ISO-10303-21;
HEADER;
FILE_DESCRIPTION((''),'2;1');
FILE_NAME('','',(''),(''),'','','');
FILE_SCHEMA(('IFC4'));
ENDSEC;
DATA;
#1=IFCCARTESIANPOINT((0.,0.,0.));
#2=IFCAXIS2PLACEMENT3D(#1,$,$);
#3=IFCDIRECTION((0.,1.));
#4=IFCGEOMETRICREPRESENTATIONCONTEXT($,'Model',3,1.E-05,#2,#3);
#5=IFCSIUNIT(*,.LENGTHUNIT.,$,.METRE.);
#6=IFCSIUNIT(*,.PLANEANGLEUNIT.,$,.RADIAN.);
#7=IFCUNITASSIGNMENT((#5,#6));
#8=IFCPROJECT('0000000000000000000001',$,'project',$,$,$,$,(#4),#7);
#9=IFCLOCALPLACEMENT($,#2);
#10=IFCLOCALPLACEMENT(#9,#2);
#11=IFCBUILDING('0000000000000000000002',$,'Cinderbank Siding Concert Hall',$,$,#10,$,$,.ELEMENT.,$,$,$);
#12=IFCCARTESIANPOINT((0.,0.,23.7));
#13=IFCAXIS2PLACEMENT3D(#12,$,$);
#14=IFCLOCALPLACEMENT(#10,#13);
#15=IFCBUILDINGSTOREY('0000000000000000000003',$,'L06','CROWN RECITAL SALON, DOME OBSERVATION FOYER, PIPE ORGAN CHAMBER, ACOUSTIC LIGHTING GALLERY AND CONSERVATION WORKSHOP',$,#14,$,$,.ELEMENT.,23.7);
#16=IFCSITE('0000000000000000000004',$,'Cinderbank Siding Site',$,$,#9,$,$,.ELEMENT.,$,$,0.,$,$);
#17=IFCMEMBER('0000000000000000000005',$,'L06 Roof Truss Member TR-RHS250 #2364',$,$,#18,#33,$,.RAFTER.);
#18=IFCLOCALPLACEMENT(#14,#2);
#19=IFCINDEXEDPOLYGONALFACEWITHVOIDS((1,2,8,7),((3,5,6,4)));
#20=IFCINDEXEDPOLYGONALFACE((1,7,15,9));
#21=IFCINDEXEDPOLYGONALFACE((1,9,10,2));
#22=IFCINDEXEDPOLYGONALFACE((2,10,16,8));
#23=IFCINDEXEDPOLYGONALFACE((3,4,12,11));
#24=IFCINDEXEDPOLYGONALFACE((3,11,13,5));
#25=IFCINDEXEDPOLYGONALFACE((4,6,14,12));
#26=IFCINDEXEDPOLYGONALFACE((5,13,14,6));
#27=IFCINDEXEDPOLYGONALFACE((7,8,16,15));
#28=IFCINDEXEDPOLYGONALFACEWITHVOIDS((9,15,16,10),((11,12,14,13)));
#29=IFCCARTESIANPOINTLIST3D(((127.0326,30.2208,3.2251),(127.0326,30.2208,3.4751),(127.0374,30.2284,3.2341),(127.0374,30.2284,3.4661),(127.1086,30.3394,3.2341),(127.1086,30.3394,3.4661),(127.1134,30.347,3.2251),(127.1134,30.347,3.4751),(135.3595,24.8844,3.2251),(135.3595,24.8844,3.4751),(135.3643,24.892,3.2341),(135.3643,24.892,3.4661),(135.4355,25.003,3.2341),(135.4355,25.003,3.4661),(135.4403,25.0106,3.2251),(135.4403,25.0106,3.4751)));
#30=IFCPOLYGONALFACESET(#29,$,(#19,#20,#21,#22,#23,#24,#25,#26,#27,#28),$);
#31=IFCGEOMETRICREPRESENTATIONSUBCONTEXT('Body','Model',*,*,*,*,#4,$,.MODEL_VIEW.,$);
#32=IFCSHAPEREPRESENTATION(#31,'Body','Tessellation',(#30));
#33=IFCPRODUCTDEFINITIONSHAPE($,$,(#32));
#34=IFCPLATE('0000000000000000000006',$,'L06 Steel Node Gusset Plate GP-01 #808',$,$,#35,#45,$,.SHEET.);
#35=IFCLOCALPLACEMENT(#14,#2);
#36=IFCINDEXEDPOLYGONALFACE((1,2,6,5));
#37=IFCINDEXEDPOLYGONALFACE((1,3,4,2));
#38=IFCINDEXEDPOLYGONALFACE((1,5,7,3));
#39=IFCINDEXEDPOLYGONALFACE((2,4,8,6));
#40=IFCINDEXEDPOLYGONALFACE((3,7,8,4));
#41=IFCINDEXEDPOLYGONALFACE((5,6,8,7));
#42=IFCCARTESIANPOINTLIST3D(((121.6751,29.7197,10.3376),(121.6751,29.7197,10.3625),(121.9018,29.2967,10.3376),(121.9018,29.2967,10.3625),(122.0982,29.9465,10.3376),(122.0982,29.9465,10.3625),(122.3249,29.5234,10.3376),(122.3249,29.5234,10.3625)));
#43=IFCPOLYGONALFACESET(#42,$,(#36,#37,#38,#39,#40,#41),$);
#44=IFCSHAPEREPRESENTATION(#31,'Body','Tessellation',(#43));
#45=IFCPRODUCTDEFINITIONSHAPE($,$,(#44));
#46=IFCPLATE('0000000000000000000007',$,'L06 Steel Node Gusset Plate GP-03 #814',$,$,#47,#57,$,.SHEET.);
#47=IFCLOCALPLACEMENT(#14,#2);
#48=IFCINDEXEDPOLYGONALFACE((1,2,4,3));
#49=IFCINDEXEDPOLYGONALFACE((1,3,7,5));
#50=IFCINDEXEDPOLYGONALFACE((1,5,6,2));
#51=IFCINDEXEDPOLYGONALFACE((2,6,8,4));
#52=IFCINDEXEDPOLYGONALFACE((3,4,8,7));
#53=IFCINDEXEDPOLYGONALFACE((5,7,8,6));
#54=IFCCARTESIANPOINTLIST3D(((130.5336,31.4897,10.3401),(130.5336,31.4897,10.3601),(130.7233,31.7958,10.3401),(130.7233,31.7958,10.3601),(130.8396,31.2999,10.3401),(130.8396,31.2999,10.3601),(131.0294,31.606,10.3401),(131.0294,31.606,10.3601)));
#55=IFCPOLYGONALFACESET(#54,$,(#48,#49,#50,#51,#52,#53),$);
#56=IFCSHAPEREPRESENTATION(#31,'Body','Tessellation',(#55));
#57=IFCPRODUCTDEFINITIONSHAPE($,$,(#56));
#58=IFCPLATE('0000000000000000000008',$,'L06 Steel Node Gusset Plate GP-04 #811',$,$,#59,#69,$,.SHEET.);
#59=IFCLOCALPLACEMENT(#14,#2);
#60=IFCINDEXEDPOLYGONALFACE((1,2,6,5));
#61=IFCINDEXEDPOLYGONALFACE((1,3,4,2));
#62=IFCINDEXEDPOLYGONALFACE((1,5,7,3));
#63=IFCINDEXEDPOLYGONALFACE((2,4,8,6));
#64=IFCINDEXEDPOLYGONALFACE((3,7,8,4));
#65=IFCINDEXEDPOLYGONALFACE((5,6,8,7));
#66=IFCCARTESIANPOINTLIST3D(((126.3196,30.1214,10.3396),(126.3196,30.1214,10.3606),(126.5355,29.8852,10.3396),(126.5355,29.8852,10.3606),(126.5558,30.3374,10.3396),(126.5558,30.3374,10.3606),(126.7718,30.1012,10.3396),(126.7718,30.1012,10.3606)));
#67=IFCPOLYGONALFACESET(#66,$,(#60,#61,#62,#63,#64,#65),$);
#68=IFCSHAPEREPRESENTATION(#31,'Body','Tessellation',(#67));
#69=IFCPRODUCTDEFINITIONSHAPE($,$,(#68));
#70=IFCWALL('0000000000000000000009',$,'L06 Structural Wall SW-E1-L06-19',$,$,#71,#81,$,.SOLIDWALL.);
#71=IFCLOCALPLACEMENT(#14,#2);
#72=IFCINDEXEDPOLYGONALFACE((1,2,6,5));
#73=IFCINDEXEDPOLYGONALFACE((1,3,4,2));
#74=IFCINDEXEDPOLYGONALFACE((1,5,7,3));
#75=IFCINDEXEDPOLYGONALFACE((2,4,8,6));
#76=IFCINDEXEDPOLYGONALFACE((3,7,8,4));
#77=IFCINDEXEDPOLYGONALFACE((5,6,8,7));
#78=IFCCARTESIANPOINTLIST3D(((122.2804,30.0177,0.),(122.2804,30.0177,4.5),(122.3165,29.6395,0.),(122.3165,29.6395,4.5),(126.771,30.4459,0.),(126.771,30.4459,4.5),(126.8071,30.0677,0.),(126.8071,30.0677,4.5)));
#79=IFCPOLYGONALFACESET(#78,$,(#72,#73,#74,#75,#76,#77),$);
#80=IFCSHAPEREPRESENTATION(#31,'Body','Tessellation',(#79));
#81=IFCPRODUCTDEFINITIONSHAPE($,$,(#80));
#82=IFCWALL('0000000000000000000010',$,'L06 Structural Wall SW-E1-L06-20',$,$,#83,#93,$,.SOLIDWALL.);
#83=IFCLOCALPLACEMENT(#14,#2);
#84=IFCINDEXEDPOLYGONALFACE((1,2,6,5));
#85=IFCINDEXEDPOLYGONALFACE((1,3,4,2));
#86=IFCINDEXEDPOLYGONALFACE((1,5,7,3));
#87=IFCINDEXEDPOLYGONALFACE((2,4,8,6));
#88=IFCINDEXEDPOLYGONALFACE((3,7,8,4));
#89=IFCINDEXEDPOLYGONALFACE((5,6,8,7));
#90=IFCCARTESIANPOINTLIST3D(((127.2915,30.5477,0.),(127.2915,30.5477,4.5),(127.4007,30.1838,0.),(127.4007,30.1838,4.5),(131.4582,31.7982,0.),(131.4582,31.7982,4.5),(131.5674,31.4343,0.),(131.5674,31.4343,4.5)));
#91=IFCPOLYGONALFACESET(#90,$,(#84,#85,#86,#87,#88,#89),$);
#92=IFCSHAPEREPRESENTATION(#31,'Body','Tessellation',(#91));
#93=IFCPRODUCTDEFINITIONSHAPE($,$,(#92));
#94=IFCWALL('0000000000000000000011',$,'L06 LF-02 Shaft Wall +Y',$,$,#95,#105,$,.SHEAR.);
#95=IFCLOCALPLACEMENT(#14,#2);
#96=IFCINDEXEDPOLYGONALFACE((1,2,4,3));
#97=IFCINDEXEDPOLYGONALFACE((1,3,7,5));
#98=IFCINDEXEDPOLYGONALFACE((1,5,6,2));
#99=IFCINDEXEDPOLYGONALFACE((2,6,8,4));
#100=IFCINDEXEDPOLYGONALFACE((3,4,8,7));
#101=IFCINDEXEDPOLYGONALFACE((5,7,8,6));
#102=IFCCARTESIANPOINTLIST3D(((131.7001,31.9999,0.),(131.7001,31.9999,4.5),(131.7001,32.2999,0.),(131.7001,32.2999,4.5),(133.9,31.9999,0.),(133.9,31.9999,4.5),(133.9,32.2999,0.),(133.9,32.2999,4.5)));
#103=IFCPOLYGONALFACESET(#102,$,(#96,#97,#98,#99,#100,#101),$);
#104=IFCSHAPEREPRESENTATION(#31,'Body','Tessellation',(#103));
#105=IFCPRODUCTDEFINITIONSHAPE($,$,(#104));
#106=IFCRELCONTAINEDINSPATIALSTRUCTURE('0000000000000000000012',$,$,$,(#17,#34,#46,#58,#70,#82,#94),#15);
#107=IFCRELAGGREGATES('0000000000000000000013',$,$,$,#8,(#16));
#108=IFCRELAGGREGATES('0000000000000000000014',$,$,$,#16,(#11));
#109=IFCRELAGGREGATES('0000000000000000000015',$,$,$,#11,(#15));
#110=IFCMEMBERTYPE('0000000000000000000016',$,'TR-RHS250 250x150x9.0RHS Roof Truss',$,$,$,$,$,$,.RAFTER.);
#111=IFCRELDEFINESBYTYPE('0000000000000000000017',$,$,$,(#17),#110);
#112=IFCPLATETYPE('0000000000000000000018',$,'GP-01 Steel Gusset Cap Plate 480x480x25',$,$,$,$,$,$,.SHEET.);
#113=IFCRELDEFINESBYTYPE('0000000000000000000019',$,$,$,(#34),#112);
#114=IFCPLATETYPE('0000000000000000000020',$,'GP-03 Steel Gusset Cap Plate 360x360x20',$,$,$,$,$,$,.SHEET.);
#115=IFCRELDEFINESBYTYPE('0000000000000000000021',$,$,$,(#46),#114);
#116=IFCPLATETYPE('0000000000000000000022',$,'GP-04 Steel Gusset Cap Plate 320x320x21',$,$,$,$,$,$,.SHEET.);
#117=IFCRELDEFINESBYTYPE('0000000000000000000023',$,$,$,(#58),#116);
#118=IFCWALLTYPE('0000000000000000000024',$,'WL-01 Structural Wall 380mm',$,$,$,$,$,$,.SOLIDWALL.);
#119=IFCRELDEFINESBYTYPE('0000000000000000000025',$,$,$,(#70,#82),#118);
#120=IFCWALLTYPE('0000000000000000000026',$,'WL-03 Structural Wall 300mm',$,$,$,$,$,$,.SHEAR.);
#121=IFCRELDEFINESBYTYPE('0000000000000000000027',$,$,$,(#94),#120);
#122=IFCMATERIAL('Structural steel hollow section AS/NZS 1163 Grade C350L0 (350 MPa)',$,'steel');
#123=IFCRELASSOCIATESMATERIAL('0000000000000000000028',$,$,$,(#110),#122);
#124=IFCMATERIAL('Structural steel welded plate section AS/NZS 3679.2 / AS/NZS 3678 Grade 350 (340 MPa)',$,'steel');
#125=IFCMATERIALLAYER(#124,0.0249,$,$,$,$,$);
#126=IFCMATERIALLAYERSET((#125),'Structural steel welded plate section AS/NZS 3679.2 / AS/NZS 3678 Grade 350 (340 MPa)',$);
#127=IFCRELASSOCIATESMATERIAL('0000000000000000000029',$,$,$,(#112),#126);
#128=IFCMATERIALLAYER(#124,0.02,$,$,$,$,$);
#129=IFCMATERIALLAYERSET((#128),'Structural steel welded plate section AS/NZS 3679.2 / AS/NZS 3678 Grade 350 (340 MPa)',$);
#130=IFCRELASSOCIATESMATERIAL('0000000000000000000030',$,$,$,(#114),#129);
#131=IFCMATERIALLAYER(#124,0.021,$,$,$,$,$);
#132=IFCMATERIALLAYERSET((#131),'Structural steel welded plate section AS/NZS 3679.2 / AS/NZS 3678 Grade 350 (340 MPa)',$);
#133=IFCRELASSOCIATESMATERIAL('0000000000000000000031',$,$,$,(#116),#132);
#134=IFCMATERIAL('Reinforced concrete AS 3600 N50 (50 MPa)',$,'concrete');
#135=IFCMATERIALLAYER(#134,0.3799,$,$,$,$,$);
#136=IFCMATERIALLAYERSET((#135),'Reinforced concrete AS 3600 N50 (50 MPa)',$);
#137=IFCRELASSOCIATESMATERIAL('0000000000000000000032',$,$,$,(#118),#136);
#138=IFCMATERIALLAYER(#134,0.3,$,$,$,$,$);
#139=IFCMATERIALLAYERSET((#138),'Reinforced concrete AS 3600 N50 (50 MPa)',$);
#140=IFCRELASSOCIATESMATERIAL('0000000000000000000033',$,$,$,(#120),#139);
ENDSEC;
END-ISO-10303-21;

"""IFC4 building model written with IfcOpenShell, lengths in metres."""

from ifc_helpers import new_model, si_unit, direction, frame, frame_2d, origin, origin_2d, place, context, subcontext, project, spatial, rectangle, hollow_rectangle, extrude, material, layer, layer_set, material_profile, profile_set, type_object, element, save


model = new_model("IFC4")

# Units and contexts
model_context = context("Model", 3, precision=1e-05, world=origin(), true_north=direction((0.0, 1.0)))
body_context = subcontext(model_context, "Body", "Model", "MODEL_VIEW")
ifc_project = project(units=[si_unit("LENGTHUNIT", "METRE"), si_unit("PLANEANGLEUNIT", "RADIAN")], contexts=[model_context])

# Site, building, storey
site_placement = place(None, origin())
site = spatial("IfcSite", under=ifc_project, at=site_placement, Name="Cinderbank Siding Site", CompositionType="ELEMENT", RefElevation=0.0)
building_placement = place(site_placement, origin())
building = spatial("IfcBuilding", under=site, at=building_placement, Name="Cinderbank Siding Concert Hall", CompositionType="ELEMENT")
storey_placement = place(building_placement, frame((0.0, 0.0, 23.7)))
storey = spatial("IfcBuildingStorey", under=building, at=storey_placement, Name="L06", Description="CROWN RECITAL SALON, DOME OBSERVATION FOYER, PIPE ORGAN CHAMBER, ACOUSTIC LIGHTING GALLERY AND CONSERVATION WORKSHOP", CompositionType="ELEMENT", Elevation=23.7)

# Shared definitions
ifc_material_1 = material(Name="Reinforced concrete AS 3600 N50 (50 MPa)", Category="concrete")

# Member
ifc_material_2 = material(Name="Structural steel hollow section AS/NZS 1163 Grade C350L0 (350 MPa)", Category="steel")
ifc_material_profile_1 = material_profile(ifc_material_2, hollow_rectangle(XDim=0.1499, YDim=0.25, WallThickness=0.009, at=origin_2d()), Name="250x150x9.0RHS", Category="LoadBearing")
ifc_profile_set_1 = profile_set([ifc_material_profile_1], Name="Structural steel hollow section AS/NZS 1163 Grade C350L0 (350 MPa)")
member_type_1 = type_object("IfcMemberType", Name="TR-RHS250 250x150x9.0RHS Roof Truss", PredefinedType="RAFTER", material=ifc_profile_set_1)
member_1_placement = place(storey_placement, frame((127.073, 30.2839, 3.3501), z_axis=(0.84194, -0.539571, 0.0), x_axis=(0.539571, 0.84194, 0.0)))
element("IfcMember", 1, at=member_1_placement, inside=storey, type_object=member_type_1, Name="L06 Roof Truss Member TR-RHS250 #2364", PredefinedType="RAFTER", context=body_context, shape_type="SweptSolid", body=[
    extrude(hollow_rectangle(XDim=0.1499, YDim=0.25, WallThickness=0.009, at=origin_2d()), origin(), (0.0, 0.0, 1.0), 9.8901),
])

# Plates
ifc_material_3 = material(Name="Structural steel welded plate section AS/NZS 3679.2 / AS/NZS 3678 Grade 350 (340 MPa)", Category="steel")
ifc_layer_1 = layer(ifc_material_3, 0.0249)
ifc_layer_set_1 = layer_set([ifc_layer_1], Name="Structural steel welded plate section AS/NZS 3679.2 / AS/NZS 3678 Grade 350 (340 MPa)")
plate_type_1 = type_object("IfcPlateType", Name="GP-01 Steel Gusset Cap Plate 480x480x25", PredefinedType="SHEET", material=ifc_layer_set_1)
plate_1_placement = place(storey_placement, frame((122.0, 29.6216, 10.3376), z_axis=(0.0, 0.0, 1.0), x_axis=(0.881386, 0.472397, 0.0)))
element("IfcPlate", 2, at=plate_1_placement, inside=storey, type_object=plate_type_1, Name="L06 Steel Node Gusset Plate GP-01 #808", PredefinedType="SHEET", context=body_context, shape_type="SweptSolid", body=[
    extrude(rectangle(XDim=0.48, YDim=0.48, at=origin_2d()), origin(), (0.0, 0.0, 1.0), 0.0249),
])
ifc_layer_2 = layer(ifc_material_3, 0.02)
ifc_layer_set_2 = layer_set([ifc_layer_2], Name="Structural steel welded plate section AS/NZS 3679.2 / AS/NZS 3678 Grade 350 (340 MPa)")
plate_type_2 = type_object("IfcPlateType", Name="GP-03 Steel Gusset Cap Plate 360x360x20", PredefinedType="SHEET", material=ifc_layer_set_2)
plate_2_placement = place(storey_placement, frame((130.7815, 31.5479, 10.3401), z_axis=(0.0, 0.0, 1.0), x_axis=(0.526956, 0.849893, 0.0)))
element("IfcPlate", 3, at=plate_2_placement, inside=storey, type_object=plate_type_2, Name="L06 Steel Node Gusset Plate GP-03 #814", PredefinedType="SHEET", context=body_context, shape_type="SweptSolid", body=[
    extrude(rectangle(XDim=0.3601, YDim=0.3601, at=origin_2d()), origin(), (0.0, 0.0, 1.0), 0.02),
])
ifc_layer_3 = layer(ifc_material_3, 0.021)
ifc_layer_set_3 = layer_set([ifc_layer_3], Name="Structural steel welded plate section AS/NZS 3679.2 / AS/NZS 3678 Grade 350 (340 MPa)")
plate_type_3 = type_object("IfcPlateType", Name="GP-04 Steel Gusset Cap Plate 320x320x21", PredefinedType="SHEET", material=ifc_layer_set_3)
plate_3_placement = place(storey_placement, frame((126.5457, 30.1113, 10.3396), z_axis=(0.0, 0.0, 1.0), x_axis=(0.737984, 0.674818, 0.0)))
element("IfcPlate", 4, at=plate_3_placement, inside=storey, type_object=plate_type_3, Name="L06 Steel Node Gusset Plate GP-04 #811", PredefinedType="SHEET", context=body_context, shape_type="SweptSolid", body=[
    extrude(rectangle(XDim=0.3201, YDim=0.3201, at=origin_2d()), origin(), (0.0, 0.0, 1.0), 0.021),
])

# Walls
ifc_layer_4 = layer(ifc_material_1, 0.3799)
ifc_layer_set_4 = layer_set([ifc_layer_4], Name="Reinforced concrete AS 3600 N50 (50 MPa)")
wall_type_1 = type_object("IfcWallType", Name="WL-01 Structural Wall 380mm", PredefinedType="SOLIDWALL", material=ifc_layer_set_4)
wall_1_placement = place(storey_placement, frame((122.2986, 29.8286, 0.0), z_axis=(0.0, 0.0, 1.0), x_axis=(0.995484, 0.094927, 0.0)))
element("IfcWall", 5, at=wall_1_placement, inside=storey, type_object=wall_type_1, Name="L06 Structural Wall SW-E1-L06-19", PredefinedType="SOLIDWALL", context=body_context, shape_type="SweptSolid", body=[
    extrude(rectangle(XDim=4.511, YDim=0.3799, at=frame_2d((2.2554, 0.0))), origin(), (0.0, 0.0, 1.0), 4.5),
])
wall_2_placement = place(storey_placement, frame((127.3459, 30.3657, 0.0), z_axis=(0.0, 0.0, 1.0), x_axis=(0.957797, 0.287446, 0.0)))
element("IfcWall", 6, at=wall_2_placement, inside=storey, type_object=wall_type_1, Name="L06 Structural Wall SW-E1-L06-20", PredefinedType="SOLIDWALL", context=body_context, shape_type="SweptSolid", body=[
    extrude(rectangle(XDim=4.3503, YDim=0.3799, at=frame_2d((2.1753, 0.0))), origin(), (0.0, 0.0, 1.0), 4.5),
])
ifc_layer_5 = layer(ifc_material_1, 0.3)
ifc_layer_set_5 = layer_set([ifc_layer_5], Name="Reinforced concrete AS 3600 N50 (50 MPa)")
wall_type_2 = type_object("IfcWallType", Name="WL-03 Structural Wall 300mm", PredefinedType="SHEAR", material=ifc_layer_set_5)
wall_3_placement = place(storey_placement, frame((131.7, 32.1499, 0.0), z_axis=(0.0, 0.0, 1.0), x_axis=(1.0, 0.0, 0.0)))
element("IfcWall", 7, at=wall_3_placement, inside=storey, type_object=wall_type_2, Name="L06 LF-02 Shaft Wall +Y", PredefinedType="SHEAR", context=body_context, shape_type="SweptSolid", body=[
    extrude(rectangle(XDim=2.2, YDim=0.3, at=frame_2d((1.1001, 0.0))), origin(), (0.0, 0.0, 1.0), 4.5),
])

save(model, "model.ifc")
